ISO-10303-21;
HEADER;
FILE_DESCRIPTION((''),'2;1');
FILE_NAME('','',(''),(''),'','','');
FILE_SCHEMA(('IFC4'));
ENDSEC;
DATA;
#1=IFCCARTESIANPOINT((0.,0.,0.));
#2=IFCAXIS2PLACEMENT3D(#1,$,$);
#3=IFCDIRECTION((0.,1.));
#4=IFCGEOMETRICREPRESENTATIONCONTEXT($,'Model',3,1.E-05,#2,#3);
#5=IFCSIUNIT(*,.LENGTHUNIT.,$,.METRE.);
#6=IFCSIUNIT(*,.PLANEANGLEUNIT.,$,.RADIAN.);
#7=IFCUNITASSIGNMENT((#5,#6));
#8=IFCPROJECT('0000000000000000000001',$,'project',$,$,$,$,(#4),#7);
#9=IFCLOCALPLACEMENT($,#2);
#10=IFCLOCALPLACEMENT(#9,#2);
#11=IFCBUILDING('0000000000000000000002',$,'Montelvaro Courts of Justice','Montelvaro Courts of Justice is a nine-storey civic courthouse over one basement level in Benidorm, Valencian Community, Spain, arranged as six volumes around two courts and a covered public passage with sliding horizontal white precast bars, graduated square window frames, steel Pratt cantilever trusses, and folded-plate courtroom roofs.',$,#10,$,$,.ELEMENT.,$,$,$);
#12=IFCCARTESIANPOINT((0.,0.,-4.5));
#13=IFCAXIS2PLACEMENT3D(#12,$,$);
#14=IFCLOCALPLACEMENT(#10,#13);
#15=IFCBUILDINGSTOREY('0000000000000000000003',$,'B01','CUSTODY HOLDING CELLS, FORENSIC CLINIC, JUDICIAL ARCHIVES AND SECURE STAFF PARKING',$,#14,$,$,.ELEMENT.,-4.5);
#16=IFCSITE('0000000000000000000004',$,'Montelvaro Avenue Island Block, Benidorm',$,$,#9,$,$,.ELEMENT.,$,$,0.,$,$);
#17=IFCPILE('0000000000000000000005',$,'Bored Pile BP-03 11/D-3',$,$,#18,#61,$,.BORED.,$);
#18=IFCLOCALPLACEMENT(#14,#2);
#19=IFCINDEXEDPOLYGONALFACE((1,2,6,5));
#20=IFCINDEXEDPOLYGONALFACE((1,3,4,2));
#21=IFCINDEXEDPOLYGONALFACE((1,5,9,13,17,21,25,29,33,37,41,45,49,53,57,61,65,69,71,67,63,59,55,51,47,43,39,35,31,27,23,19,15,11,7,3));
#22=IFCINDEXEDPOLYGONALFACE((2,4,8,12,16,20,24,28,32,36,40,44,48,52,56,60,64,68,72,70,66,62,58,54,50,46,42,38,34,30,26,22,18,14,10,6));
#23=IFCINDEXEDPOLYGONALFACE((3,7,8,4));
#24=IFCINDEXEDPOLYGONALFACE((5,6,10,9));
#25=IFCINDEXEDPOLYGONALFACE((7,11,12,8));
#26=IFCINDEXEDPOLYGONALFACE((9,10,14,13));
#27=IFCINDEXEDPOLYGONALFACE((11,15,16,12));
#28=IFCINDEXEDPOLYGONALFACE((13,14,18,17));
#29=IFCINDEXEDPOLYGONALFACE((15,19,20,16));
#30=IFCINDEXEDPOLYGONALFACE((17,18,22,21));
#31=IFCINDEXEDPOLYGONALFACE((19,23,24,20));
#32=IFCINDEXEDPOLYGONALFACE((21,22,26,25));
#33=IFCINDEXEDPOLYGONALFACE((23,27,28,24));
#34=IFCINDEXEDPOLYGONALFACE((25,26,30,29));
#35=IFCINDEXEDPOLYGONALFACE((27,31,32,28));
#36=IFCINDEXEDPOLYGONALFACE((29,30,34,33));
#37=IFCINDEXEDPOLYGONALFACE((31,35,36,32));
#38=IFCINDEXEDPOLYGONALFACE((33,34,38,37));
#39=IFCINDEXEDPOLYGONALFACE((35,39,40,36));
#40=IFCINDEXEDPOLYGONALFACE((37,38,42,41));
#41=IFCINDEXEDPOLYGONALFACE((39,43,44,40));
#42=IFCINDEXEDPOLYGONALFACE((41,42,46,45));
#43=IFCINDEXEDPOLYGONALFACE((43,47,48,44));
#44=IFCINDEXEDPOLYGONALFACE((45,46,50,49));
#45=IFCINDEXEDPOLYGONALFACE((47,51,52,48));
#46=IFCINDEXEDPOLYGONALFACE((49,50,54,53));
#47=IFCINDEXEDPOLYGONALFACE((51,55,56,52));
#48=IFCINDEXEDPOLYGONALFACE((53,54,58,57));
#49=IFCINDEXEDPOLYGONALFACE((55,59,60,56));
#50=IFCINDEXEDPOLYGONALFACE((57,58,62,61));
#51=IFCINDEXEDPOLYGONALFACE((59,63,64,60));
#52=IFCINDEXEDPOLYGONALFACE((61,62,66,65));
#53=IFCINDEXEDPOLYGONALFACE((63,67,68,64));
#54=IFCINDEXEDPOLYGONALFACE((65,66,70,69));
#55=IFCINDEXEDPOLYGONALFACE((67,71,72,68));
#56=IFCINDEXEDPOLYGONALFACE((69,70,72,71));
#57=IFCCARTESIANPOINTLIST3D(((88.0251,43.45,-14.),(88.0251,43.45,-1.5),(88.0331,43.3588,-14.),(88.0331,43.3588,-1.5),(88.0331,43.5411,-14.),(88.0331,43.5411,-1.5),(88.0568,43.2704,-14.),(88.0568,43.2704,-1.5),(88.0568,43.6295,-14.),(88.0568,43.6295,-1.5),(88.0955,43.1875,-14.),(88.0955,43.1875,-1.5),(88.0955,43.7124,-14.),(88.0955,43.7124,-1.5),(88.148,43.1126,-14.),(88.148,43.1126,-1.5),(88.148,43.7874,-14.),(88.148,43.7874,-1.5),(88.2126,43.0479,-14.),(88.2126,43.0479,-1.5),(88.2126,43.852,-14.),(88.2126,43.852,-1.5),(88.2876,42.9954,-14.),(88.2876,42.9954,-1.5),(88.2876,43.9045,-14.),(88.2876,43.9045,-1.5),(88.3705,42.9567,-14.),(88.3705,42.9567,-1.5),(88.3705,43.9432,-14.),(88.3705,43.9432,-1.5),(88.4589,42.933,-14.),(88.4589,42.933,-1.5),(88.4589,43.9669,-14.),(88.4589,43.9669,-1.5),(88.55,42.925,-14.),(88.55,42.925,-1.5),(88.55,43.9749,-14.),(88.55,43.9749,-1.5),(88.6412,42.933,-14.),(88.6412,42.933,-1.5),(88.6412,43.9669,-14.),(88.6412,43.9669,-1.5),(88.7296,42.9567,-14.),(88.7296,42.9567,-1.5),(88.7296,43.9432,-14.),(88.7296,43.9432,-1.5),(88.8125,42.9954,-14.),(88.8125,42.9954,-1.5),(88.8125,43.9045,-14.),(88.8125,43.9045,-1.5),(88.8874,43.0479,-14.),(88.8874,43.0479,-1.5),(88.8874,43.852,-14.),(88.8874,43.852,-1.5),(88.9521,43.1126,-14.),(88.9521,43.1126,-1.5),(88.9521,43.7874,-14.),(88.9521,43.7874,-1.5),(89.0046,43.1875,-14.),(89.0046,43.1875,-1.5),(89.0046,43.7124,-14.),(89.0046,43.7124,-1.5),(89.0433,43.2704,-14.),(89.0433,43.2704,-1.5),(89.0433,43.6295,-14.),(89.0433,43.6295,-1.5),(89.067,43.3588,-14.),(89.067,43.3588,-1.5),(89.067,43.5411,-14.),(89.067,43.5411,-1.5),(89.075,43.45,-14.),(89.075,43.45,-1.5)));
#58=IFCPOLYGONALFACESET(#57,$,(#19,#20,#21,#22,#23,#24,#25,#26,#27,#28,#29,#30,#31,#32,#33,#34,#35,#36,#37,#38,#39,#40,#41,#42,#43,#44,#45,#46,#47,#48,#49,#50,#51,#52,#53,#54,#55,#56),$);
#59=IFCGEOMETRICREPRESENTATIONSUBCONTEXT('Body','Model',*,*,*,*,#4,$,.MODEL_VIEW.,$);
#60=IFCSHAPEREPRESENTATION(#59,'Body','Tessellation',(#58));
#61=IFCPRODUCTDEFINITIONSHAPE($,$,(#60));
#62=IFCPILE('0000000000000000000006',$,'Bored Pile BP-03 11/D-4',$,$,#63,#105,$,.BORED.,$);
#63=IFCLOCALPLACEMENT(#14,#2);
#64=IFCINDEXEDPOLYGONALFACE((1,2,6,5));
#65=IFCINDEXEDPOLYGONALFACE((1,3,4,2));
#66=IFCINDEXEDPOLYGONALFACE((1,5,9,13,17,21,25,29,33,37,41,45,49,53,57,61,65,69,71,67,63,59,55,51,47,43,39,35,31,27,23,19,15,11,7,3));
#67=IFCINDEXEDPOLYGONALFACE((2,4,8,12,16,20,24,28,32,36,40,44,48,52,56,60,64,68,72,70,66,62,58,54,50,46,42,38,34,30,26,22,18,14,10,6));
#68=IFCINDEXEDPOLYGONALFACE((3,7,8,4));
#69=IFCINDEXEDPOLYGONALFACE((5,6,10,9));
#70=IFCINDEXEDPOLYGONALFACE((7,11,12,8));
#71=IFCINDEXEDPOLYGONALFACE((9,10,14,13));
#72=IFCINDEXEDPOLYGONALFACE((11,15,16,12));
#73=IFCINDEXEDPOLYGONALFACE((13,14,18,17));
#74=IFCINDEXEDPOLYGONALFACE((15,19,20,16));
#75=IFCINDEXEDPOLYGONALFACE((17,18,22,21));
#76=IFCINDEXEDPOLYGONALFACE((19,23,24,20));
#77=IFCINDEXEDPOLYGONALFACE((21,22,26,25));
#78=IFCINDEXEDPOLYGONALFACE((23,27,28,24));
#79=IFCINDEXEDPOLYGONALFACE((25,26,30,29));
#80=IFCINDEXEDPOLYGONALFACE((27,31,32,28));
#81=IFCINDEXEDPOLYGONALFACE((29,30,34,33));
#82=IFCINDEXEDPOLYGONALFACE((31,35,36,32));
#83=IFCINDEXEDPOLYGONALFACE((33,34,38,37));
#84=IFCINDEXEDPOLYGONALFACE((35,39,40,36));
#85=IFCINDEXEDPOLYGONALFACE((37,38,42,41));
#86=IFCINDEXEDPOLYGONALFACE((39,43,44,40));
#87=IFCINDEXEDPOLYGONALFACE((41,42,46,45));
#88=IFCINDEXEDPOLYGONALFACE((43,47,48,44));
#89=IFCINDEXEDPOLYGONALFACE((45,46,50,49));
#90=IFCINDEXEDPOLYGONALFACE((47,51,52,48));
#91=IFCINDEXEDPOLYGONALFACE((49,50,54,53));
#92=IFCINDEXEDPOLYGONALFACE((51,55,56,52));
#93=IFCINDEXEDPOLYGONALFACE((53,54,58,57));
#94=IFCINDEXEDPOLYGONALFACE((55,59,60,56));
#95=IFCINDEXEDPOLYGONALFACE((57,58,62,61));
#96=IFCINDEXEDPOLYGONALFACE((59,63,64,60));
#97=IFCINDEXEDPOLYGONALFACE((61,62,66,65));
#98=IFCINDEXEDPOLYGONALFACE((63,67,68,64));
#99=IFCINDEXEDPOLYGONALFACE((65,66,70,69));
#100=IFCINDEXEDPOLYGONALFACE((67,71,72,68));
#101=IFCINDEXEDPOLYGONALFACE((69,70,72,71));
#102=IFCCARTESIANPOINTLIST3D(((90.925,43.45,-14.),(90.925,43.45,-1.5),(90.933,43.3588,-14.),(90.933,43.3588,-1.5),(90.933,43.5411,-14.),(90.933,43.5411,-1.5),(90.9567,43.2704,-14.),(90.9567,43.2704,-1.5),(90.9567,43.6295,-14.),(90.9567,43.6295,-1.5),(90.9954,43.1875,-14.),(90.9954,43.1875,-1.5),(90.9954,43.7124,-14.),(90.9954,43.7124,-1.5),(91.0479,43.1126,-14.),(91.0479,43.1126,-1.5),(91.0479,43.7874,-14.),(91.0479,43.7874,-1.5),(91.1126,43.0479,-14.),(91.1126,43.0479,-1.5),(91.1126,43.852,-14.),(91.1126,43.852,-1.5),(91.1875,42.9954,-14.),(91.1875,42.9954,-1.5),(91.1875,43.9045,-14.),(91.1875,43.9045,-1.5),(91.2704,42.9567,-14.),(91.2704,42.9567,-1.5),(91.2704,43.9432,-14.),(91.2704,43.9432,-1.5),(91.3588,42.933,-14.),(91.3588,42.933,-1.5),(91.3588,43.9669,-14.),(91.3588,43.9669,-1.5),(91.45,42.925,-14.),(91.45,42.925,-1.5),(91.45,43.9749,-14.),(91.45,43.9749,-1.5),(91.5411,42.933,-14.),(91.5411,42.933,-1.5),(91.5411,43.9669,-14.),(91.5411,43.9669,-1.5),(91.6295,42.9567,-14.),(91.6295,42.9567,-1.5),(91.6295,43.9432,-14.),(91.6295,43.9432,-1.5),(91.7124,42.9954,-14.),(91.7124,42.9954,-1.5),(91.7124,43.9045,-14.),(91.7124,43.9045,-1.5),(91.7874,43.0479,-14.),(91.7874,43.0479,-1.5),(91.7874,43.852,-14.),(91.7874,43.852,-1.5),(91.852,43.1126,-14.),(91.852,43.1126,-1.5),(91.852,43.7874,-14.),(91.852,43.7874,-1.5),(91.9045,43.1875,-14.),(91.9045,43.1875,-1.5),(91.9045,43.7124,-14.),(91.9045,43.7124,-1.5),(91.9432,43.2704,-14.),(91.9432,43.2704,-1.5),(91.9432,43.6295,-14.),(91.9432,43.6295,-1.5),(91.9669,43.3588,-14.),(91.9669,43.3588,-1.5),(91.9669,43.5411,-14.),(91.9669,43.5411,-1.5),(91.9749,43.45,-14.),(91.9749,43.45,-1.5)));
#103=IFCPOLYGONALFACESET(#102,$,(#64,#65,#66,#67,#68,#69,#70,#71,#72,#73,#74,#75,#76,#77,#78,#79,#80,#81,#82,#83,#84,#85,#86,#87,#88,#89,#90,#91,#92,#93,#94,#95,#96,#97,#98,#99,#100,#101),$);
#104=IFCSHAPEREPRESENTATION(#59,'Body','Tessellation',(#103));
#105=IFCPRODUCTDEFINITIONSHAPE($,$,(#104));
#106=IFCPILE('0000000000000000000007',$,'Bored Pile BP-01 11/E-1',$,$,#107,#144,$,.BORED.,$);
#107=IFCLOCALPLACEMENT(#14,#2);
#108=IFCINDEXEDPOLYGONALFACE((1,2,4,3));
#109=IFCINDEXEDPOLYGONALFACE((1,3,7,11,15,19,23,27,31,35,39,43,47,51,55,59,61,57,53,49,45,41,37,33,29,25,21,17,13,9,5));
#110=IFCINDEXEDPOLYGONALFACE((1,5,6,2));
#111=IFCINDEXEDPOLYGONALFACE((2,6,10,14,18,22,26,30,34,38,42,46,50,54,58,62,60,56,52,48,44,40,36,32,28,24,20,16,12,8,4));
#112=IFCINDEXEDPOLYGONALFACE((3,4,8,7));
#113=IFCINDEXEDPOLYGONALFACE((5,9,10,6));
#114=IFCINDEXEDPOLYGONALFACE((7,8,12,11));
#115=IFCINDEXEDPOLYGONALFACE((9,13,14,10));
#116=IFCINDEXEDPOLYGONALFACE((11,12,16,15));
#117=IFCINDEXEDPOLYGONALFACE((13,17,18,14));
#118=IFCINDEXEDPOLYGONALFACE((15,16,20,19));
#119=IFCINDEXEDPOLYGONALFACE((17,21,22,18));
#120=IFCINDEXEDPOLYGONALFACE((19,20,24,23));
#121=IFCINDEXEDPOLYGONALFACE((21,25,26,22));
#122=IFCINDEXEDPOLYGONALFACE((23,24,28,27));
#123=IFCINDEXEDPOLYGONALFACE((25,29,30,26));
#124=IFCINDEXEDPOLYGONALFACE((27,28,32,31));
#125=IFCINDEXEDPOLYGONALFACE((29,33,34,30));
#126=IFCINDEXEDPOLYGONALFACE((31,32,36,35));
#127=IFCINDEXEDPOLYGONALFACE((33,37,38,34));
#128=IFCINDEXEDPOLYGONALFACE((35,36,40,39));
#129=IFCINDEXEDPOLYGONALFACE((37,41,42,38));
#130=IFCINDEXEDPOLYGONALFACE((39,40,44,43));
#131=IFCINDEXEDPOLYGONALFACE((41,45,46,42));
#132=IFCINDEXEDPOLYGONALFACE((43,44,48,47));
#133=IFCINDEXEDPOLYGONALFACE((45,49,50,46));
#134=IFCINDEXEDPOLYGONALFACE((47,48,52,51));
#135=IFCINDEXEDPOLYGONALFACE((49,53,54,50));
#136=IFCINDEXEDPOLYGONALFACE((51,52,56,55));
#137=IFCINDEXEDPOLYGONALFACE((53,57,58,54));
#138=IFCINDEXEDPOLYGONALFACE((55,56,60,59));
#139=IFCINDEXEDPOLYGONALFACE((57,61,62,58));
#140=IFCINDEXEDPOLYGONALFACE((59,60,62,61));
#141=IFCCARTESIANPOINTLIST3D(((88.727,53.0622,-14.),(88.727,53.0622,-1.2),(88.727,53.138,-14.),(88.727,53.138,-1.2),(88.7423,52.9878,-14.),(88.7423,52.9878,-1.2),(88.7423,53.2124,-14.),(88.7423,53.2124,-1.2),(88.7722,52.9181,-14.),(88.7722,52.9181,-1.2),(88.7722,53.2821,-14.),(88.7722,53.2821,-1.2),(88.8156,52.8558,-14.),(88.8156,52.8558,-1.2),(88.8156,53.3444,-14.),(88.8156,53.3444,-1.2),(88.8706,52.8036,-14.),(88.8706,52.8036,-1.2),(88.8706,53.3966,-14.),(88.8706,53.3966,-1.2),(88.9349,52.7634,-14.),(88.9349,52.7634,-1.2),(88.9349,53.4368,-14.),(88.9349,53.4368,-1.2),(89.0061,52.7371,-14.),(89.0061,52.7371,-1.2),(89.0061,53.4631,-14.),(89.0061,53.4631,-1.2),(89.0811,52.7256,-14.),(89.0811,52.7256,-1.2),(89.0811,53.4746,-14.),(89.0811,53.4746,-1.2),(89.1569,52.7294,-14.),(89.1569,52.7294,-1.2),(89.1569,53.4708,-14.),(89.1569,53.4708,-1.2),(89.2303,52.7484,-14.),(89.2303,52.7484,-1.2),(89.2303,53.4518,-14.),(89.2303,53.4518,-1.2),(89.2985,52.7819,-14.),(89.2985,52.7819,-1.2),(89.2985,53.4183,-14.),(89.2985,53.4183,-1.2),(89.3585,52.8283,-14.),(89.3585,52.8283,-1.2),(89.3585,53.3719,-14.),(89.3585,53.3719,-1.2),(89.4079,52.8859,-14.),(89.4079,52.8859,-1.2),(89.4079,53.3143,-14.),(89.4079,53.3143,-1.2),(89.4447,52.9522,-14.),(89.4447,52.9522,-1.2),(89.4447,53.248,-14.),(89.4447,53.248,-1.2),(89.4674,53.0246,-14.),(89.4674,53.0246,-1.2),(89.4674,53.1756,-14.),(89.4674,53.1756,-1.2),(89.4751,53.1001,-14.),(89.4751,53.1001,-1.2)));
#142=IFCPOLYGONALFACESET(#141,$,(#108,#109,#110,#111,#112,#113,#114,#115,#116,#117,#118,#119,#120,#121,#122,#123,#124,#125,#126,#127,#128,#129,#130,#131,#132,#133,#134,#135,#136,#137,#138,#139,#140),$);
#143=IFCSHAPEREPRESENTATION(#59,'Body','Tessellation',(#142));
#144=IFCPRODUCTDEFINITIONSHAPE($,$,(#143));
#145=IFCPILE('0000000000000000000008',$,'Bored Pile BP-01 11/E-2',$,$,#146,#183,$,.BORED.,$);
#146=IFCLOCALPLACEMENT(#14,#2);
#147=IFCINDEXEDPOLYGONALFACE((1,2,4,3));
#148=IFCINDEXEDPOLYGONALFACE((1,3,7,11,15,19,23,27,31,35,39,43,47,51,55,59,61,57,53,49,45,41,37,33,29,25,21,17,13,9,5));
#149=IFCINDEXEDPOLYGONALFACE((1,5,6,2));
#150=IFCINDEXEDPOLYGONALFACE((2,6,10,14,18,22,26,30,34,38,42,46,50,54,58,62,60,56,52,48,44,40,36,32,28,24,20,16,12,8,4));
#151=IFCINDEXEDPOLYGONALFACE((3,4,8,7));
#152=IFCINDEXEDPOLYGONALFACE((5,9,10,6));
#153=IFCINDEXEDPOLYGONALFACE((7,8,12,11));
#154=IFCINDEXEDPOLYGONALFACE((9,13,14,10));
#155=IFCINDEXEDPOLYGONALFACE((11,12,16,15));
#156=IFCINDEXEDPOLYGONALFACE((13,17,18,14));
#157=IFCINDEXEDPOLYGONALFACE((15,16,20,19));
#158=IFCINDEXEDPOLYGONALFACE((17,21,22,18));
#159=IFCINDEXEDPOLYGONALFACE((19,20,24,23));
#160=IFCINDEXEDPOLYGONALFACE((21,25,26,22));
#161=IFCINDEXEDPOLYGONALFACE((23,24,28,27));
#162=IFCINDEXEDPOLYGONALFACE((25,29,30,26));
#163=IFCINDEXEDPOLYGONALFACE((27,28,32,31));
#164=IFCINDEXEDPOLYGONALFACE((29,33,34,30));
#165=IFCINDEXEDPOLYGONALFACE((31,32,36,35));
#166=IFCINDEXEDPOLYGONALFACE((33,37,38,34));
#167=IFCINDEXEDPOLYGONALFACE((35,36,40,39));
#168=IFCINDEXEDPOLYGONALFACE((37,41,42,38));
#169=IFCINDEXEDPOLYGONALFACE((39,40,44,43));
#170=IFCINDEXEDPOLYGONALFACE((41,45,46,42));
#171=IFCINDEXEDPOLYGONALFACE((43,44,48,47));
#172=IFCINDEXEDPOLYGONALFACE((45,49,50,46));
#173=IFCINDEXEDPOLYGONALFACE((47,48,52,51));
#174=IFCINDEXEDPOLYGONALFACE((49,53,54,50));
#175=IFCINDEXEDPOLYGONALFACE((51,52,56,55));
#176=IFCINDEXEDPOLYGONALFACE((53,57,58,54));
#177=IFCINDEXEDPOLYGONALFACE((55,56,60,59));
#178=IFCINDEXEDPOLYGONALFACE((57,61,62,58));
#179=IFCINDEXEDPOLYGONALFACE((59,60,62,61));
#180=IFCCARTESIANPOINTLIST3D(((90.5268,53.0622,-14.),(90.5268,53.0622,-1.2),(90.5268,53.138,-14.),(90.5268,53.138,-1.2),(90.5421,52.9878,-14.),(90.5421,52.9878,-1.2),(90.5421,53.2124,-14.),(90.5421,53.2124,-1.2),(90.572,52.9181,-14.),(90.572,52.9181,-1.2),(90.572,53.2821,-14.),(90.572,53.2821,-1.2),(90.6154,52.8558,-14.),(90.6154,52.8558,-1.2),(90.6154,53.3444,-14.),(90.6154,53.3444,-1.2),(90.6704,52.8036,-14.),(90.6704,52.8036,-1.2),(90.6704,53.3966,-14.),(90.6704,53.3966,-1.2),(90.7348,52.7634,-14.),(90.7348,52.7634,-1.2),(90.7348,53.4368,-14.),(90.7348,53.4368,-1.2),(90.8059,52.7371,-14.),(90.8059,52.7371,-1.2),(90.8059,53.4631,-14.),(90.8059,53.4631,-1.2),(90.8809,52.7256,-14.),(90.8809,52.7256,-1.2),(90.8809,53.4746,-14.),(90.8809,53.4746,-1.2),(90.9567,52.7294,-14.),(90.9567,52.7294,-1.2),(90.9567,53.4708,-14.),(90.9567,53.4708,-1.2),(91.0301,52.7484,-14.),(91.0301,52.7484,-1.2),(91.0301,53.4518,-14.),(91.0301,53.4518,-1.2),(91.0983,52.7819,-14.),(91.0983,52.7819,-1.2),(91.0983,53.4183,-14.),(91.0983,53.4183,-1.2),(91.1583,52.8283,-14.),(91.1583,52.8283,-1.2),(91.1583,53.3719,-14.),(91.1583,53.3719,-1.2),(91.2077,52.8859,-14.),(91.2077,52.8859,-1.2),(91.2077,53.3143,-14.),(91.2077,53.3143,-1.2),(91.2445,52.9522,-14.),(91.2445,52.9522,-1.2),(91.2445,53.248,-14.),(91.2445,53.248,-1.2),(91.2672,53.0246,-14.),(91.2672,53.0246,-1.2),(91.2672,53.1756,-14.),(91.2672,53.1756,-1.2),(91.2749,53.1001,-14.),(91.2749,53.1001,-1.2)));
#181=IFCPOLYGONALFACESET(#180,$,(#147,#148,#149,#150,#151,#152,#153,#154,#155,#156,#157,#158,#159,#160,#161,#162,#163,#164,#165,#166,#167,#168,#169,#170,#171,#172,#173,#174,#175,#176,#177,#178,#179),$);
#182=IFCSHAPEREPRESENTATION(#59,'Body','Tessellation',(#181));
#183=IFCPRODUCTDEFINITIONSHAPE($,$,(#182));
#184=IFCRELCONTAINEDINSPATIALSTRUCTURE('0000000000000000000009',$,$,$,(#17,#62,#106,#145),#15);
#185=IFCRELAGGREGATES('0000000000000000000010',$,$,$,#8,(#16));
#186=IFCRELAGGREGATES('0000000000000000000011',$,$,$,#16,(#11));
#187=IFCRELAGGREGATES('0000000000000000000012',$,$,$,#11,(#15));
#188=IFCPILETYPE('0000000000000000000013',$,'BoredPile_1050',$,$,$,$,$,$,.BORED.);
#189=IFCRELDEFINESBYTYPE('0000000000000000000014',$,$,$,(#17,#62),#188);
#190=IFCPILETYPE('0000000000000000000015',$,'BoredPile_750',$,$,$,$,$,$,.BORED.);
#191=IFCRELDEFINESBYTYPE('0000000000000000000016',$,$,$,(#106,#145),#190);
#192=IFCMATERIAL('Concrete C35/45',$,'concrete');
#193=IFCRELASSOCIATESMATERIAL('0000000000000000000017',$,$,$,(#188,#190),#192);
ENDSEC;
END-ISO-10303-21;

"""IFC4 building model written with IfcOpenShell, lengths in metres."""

from ifc_helpers import new_model, si_unit, direction, frame, origin, origin_2d, place, context, subcontext, project, spatial, circle, extrude, material, material_profile, profile_set, type_object, element, save


model = new_model("IFC4")

# Units and contexts
model_context = context("Model", 3, precision=1e-05, world=origin(), true_north=direction((0.0, 1.0)))
body_context = subcontext(model_context, "Body", "Model", "MODEL_VIEW")
ifc_project = project(units=[si_unit("LENGTHUNIT", "METRE"), si_unit("PLANEANGLEUNIT", "RADIAN")], contexts=[model_context])

# Site, building, storey
site_placement = place(None, origin())
site = spatial("IfcSite", under=ifc_project, at=site_placement, Name="Montelvaro Avenue Island Block, Benidorm", CompositionType="ELEMENT", RefElevation=0.0)
building_placement = place(site_placement, origin())
building = spatial("IfcBuilding", under=site, at=building_placement, Name="Montelvaro Courts of Justice", Description="Montelvaro Courts of Justice is a nine-storey civic courthouse over one basement level in Benidorm, Valencian Community, Spain, arranged as six volumes around two courts and a covered public passage with sliding horizontal white precast bars, graduated square window frames, steel Pratt cantilever trusses, and folded-plate courtroom roofs.", CompositionType="ELEMENT")
storey_placement = place(building_placement, frame((0.0, 0.0, -4.5)))
storey = spatial("IfcBuildingStorey", under=building, at=storey_placement, Name="B01", Description="CUSTODY HOLDING CELLS, FORENSIC CLINIC, JUDICIAL ARCHIVES AND SECURE STAFF PARKING", CompositionType="ELEMENT", Elevation=-4.5)

# Piles
ifc_material_1 = material(Name="Concrete C35/45", Category="concrete")
ifc_material_profile_1 = material_profile(ifc_material_1, circle(Radius=0.5249, at=origin_2d()), Name="BORED PILE D1050")
ifc_profile_set_1 = profile_set([ifc_material_profile_1], Name="Concrete C35/45")
pile_type_1 = type_object("IfcPileType", Name="BoredPile_1050", PredefinedType="BORED", material=ifc_profile_set_1)
for number, where, z_axis, x_axis, name in (
    (1, (88.55, 43.45, -1.5), (0.0, 0.0, -1.0), (1.0, 0.0, 0.0), "Bored Pile BP-03 11/D-3"),
    (2, (91.45, 43.45, -1.5), (0.0, 0.0, -1.0), (1.0, 0.0, 0.0), "Bored Pile BP-03 11/D-4"),
):
    element("IfcPile", number, at=place(storey_placement, frame(where, z_axis=z_axis, x_axis=x_axis)), inside=storey, type_object=pile_type_1, Name=name, PredefinedType="BORED", context=body_context, shape_type="SweptSolid", body=[
        extrude(circle(Radius=0.5249, at=origin_2d()), origin(), (0.0, 0.0, 1.0), 12.5),
    ])
ifc_material_profile_2 = material_profile(ifc_material_1, circle(Radius=0.375, at=origin_2d()), Name="BORED PILE D750")
ifc_profile_set_2 = profile_set([ifc_material_profile_2], Name="Concrete C35/45")
pile_type_2 = type_object("IfcPileType", Name="BoredPile_750", PredefinedType="BORED", material=ifc_profile_set_2)
for number, where, z_axis, x_axis, name in (
    (3, (89.1001, 53.1001, -1.2), (0.0, 0.0, -1.0), (1.0, 0.0, 0.0), "Bored Pile BP-01 11/E-1"),
    (4, (90.8999, 53.1001, -1.2), (0.0, 0.0, -1.0), (1.0, 0.0, 0.0), "Bored Pile BP-01 11/E-2"),
):
    element("IfcPile", number, at=place(storey_placement, frame(where, z_axis=z_axis, x_axis=x_axis)), inside=storey, type_object=pile_type_2, Name=name, PredefinedType="BORED", context=body_context, shape_type="SweptSolid", body=[
        extrude(circle(Radius=0.375, at=origin_2d()), origin(), (0.0, 0.0, 1.0), 12.8),
    ])

save(model, "model.ifc")
